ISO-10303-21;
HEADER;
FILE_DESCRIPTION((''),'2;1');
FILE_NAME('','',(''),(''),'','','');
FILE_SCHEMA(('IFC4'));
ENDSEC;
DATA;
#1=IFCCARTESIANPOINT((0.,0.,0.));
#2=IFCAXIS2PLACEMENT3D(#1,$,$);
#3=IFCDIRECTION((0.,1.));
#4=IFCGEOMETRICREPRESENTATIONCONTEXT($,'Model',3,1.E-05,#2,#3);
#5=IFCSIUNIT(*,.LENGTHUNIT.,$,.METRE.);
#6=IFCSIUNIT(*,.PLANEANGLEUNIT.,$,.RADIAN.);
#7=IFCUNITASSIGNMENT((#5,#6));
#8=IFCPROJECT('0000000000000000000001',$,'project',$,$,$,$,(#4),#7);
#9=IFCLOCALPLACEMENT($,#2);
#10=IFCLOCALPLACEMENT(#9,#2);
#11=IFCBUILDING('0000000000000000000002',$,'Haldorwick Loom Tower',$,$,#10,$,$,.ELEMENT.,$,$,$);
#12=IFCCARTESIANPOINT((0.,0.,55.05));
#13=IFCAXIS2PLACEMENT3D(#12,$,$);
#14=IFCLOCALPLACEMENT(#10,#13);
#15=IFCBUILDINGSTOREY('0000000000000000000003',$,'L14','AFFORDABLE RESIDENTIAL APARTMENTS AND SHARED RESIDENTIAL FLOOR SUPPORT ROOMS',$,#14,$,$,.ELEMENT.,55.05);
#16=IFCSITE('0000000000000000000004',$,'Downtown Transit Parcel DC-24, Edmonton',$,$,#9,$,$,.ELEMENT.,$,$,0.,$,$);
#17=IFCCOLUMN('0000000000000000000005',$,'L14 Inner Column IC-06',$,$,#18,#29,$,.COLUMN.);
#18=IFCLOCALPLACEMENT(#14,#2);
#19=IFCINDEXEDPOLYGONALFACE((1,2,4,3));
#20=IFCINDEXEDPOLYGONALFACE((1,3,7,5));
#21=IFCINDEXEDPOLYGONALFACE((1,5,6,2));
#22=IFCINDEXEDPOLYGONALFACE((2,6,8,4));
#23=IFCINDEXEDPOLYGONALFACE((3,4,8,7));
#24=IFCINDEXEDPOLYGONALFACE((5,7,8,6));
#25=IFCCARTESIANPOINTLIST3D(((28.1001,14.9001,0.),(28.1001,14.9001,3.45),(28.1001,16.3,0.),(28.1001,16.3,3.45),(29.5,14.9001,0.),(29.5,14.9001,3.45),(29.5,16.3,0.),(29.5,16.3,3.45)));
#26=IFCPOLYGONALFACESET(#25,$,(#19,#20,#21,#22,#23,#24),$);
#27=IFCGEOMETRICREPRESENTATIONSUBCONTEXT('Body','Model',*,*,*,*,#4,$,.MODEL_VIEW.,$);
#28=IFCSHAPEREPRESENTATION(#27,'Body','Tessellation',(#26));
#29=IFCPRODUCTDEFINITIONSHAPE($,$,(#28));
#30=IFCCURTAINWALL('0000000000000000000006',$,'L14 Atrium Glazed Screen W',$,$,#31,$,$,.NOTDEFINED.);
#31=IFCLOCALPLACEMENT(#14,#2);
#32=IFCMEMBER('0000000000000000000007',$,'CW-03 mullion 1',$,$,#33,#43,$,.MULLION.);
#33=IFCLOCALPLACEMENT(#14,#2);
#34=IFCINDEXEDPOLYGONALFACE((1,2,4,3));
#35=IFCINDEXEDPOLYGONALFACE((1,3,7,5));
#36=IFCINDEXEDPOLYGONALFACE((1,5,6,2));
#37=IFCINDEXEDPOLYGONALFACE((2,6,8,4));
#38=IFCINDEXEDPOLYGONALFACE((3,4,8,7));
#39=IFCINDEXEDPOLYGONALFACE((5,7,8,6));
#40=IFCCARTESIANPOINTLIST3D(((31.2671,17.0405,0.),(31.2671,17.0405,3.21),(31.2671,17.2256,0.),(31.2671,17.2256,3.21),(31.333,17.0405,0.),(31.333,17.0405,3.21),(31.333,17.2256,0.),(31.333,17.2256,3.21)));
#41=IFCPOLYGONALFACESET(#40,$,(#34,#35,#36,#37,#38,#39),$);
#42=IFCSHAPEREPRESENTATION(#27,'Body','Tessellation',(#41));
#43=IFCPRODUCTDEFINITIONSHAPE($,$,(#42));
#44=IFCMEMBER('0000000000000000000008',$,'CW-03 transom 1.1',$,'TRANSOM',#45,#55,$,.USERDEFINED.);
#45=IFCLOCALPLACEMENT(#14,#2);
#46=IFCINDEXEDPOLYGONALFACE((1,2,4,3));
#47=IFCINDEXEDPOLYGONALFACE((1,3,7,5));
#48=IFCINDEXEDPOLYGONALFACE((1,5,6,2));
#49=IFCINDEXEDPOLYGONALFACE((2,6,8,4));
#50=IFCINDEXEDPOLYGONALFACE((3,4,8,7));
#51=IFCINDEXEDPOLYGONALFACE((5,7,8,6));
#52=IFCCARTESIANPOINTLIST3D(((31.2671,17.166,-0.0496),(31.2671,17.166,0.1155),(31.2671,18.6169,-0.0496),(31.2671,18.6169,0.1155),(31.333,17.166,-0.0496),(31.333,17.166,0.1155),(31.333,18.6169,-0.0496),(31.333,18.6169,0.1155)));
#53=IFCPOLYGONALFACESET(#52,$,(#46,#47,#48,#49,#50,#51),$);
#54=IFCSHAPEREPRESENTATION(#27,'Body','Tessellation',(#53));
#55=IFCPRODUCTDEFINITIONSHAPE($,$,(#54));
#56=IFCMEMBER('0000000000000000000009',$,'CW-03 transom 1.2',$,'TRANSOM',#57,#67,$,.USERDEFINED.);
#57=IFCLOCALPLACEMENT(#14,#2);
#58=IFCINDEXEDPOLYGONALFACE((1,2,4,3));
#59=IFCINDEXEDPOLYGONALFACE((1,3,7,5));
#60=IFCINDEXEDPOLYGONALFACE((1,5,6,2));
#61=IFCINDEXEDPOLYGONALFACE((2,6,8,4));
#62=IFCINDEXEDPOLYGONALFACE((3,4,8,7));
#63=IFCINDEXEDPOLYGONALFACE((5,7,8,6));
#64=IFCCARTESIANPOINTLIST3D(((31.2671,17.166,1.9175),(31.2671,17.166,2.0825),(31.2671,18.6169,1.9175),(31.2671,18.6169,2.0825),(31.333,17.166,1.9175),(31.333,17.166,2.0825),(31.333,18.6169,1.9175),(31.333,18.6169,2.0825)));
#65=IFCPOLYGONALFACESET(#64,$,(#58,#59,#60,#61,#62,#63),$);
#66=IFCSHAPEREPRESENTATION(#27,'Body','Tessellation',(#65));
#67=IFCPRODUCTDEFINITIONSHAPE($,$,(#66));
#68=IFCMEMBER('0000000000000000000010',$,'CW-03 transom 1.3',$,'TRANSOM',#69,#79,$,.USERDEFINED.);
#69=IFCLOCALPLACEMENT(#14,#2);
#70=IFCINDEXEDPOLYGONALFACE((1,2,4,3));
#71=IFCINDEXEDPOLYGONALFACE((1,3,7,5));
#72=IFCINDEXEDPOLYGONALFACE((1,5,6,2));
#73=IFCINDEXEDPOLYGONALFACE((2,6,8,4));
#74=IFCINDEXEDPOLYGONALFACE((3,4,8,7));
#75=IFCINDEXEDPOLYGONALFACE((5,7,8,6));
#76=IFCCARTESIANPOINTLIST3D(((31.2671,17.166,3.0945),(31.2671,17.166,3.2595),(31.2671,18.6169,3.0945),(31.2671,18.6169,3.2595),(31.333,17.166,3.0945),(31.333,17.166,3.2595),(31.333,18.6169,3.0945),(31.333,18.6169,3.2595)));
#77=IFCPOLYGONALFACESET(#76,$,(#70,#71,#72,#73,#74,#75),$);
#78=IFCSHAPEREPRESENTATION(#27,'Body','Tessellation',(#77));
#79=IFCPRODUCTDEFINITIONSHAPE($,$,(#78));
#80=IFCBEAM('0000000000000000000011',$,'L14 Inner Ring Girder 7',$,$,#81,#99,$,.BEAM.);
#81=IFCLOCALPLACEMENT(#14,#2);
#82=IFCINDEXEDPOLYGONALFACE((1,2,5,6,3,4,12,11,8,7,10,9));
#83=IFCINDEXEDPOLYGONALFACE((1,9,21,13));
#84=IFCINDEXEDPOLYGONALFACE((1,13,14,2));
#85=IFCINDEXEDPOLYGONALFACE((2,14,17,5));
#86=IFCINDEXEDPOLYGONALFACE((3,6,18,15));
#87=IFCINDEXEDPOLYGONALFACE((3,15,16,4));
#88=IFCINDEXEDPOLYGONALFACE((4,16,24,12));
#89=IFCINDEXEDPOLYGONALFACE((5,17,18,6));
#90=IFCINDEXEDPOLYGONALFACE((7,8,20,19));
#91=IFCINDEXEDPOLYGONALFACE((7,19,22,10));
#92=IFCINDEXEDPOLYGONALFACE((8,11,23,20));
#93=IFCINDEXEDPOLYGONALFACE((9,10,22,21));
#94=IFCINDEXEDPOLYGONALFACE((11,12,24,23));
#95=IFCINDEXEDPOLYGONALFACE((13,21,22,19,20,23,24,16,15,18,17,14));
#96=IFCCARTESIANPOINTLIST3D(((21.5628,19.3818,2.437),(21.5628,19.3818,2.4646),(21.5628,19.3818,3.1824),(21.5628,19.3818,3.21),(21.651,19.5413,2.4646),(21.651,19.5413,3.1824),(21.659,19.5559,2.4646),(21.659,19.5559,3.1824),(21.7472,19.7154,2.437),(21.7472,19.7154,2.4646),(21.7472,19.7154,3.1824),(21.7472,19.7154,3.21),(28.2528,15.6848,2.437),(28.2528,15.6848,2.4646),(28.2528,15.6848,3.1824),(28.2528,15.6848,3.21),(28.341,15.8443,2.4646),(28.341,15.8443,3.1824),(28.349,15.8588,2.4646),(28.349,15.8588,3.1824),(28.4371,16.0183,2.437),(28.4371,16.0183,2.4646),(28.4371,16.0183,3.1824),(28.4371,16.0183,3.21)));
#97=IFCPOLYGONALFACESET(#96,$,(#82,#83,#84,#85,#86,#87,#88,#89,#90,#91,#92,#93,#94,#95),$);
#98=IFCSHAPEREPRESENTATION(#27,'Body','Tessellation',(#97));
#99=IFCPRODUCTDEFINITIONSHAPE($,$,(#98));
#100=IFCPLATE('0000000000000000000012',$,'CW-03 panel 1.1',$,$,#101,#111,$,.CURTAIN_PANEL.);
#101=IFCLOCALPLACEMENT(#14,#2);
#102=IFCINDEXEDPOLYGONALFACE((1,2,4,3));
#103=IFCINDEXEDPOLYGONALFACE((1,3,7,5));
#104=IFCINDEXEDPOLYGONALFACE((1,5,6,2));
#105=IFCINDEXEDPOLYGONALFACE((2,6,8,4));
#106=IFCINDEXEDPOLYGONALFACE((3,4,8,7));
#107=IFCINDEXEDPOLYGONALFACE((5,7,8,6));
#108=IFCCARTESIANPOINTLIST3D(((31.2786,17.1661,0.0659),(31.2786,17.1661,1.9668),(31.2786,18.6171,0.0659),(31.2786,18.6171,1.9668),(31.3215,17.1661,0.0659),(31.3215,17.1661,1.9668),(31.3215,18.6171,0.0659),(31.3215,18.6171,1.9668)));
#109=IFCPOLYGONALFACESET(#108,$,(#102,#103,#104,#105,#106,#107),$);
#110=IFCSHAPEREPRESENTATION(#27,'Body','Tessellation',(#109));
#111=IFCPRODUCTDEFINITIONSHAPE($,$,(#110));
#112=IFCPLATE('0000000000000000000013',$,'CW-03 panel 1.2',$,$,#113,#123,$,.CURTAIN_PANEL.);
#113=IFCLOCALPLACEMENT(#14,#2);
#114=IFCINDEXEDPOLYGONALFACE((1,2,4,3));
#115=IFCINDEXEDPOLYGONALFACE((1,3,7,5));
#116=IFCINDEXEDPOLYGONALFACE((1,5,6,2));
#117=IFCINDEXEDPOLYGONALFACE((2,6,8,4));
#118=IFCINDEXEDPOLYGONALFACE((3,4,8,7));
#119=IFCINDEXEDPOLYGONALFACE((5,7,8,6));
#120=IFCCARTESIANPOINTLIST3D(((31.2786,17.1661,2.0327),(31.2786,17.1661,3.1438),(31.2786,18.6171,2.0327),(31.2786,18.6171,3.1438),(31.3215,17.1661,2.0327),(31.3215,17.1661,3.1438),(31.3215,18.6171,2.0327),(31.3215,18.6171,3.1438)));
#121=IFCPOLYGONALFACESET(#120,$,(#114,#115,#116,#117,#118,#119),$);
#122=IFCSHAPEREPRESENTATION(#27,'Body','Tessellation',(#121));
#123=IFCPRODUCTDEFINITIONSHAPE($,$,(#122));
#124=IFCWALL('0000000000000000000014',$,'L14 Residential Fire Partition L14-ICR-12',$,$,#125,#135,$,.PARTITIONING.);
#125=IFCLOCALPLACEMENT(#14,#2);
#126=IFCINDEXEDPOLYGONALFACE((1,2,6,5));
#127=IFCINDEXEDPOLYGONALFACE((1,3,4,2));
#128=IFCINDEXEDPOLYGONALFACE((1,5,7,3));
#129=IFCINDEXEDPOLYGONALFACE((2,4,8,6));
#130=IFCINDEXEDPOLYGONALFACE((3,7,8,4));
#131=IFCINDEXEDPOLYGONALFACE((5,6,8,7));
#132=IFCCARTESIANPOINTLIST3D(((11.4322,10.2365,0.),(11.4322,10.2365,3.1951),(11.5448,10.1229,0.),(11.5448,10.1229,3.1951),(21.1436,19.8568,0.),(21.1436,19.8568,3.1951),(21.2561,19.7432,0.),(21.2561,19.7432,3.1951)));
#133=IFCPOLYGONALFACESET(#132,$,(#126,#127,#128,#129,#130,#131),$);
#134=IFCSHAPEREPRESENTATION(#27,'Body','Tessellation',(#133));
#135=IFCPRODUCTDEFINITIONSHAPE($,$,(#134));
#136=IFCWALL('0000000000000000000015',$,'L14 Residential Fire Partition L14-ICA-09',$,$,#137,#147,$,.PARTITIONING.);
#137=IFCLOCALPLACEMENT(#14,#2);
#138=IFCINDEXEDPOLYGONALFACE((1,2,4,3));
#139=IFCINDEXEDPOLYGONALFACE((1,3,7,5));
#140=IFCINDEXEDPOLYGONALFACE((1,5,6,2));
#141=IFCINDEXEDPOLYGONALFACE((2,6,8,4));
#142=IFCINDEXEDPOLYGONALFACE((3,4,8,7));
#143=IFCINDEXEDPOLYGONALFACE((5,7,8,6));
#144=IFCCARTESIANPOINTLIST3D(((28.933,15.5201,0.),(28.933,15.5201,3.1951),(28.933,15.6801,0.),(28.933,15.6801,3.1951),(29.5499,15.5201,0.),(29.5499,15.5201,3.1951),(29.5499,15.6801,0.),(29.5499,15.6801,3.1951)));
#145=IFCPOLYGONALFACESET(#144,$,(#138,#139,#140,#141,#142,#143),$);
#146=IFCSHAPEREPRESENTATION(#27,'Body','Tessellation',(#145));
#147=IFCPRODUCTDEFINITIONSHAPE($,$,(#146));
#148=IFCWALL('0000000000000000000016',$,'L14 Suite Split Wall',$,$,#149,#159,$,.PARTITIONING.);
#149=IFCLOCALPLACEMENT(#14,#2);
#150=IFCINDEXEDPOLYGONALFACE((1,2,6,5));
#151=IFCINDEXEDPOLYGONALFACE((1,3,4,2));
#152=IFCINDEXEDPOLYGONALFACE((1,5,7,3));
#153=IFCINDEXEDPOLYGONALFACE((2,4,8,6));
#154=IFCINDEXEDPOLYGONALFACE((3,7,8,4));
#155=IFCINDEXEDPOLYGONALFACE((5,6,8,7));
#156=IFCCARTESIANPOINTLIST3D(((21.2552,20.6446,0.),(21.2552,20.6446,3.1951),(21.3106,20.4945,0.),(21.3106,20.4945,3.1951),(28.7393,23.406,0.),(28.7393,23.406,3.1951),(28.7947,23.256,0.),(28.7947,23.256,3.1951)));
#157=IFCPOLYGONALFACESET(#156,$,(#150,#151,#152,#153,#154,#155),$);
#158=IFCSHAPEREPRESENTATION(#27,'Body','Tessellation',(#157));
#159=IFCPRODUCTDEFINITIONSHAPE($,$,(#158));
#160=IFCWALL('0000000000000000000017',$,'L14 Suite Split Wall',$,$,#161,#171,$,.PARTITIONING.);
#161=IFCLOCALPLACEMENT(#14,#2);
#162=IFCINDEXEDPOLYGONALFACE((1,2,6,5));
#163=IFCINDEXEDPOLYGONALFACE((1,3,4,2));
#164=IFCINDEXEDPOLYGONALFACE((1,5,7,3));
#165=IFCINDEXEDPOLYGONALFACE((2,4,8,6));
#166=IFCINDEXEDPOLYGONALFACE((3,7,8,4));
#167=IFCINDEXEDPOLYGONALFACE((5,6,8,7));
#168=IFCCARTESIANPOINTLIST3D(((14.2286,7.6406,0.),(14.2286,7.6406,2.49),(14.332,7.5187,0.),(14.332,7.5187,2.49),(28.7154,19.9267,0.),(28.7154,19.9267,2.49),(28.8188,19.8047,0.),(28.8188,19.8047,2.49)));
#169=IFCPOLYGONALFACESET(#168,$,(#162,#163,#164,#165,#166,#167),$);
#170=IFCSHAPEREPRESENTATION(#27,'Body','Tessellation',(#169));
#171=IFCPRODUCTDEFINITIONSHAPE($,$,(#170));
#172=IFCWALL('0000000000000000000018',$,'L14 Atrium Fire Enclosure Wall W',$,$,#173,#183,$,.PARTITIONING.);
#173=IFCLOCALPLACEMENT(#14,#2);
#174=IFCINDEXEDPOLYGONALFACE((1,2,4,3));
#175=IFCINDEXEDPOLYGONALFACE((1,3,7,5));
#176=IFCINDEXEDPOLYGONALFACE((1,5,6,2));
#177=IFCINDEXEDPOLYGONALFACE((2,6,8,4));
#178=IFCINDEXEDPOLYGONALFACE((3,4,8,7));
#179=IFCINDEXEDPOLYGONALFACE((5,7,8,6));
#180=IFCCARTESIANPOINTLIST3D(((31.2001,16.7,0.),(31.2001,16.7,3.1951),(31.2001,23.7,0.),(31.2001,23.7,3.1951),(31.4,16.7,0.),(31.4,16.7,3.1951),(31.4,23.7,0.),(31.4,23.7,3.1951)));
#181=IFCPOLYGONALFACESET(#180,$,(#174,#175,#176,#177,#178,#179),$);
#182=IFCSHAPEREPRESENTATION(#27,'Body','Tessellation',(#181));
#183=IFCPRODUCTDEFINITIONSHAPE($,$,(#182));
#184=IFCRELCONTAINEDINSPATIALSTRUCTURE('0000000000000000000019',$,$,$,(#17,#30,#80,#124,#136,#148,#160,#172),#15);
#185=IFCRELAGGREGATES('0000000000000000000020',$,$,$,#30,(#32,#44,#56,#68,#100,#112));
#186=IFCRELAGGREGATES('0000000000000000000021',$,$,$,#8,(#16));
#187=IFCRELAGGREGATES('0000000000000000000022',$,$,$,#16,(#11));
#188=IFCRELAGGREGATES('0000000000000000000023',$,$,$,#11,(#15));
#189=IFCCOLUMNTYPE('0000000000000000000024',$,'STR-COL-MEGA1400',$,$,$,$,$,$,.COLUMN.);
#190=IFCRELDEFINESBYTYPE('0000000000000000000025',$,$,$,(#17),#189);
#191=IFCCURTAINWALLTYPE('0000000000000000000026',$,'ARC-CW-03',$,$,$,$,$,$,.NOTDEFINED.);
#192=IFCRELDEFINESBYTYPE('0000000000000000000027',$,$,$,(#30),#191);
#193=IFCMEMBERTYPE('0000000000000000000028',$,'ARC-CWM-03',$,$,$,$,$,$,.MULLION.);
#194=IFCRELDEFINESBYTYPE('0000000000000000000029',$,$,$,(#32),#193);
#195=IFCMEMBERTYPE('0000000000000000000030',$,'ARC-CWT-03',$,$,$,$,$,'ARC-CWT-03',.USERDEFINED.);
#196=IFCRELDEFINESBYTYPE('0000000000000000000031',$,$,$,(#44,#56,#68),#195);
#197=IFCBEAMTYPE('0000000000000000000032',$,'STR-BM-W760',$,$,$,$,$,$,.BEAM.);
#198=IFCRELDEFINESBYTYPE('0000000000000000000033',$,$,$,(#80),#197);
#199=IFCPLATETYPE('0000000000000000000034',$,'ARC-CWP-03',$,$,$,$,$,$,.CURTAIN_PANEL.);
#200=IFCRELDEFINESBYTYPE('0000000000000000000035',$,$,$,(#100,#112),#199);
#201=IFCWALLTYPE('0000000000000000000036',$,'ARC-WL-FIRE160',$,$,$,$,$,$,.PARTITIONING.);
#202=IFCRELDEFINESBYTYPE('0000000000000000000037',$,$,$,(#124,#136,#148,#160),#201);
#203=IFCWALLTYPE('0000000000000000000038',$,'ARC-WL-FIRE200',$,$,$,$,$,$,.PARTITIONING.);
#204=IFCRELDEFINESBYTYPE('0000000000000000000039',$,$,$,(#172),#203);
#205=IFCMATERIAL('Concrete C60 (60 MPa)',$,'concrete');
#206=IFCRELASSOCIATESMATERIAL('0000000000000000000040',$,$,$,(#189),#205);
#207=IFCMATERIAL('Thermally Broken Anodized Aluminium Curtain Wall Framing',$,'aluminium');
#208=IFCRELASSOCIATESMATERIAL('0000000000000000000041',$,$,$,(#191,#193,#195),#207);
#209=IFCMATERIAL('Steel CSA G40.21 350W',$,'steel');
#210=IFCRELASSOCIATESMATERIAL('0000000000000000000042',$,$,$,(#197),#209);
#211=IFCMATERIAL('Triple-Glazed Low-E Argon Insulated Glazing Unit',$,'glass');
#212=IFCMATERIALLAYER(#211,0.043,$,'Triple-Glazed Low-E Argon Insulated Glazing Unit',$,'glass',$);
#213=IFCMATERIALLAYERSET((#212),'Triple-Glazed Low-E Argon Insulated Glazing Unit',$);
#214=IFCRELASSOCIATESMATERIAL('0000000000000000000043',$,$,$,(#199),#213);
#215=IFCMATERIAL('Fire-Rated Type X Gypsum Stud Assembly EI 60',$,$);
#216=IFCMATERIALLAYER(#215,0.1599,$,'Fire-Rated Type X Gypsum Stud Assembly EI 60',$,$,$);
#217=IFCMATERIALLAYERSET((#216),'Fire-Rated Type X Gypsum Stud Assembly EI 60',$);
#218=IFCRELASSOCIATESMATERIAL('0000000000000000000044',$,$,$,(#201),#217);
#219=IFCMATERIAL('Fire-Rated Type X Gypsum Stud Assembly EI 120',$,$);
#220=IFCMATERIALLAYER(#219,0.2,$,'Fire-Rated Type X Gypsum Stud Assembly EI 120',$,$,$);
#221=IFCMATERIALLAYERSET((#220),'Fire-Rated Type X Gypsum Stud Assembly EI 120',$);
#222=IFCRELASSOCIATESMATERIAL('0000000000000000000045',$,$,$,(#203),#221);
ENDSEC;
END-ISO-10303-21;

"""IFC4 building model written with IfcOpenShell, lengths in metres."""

from ifc_helpers import new_model, si_unit, direction, frame, frame_2d, origin, origin_2d, place, context, subcontext, project, spatial, rectangle, i_section, extrude, material, layer, layer_set, material_profile, profile_set, type_object, element, aggregate, save


model = new_model("IFC4")

# Units and contexts
model_context = context("Model", 3, precision=1e-05, world=origin(), true_north=direction((0.0, 1.0)))
body_context = subcontext(model_context, "Body", "Model", "MODEL_VIEW")
ifc_project = project(units=[si_unit("LENGTHUNIT", "METRE"), si_unit("PLANEANGLEUNIT", "RADIAN")], contexts=[model_context])

# Site, building, storey
site_placement = place(None, origin())
site = spatial("IfcSite", under=ifc_project, at=site_placement, Name="Downtown Transit Parcel DC-24, Edmonton", CompositionType="ELEMENT", RefElevation=0.0)
building_placement = place(site_placement, origin())
building = spatial("IfcBuilding", under=site, at=building_placement, Name="Haldorwick Loom Tower", CompositionType="ELEMENT")
storey_placement = place(building_placement, frame((0.0, 0.0, 55.05)))
storey = spatial("IfcBuildingStorey", under=building, at=storey_placement, Name="L14", Description="AFFORDABLE RESIDENTIAL APARTMENTS AND SHARED RESIDENTIAL FLOOR SUPPORT ROOMS", CompositionType="ELEMENT", Elevation=55.05)

# Column
ifc_material_1 = material(Name="Concrete C60 (60 MPa)", Category="concrete")
ifc_material_profile_1 = material_profile(ifc_material_1, rectangle(XDim=1.3999, YDim=1.3999, at=origin_2d()), Name="RC1400X1400", Category="concrete")
ifc_profile_set_1 = profile_set([ifc_material_profile_1], Name="Concrete C60 (60 MPa)")
column_type = type_object("IfcColumnType", Name="STR-COL-MEGA1400", PredefinedType="COLUMN", material=ifc_profile_set_1)
column_placement = place(storey_placement, frame((28.8, 15.6001, 0.0), z_axis=(0.0, 0.0, 1.0), x_axis=(1.0, 0.0, 0.0)))
element("IfcColumn", 1, at=column_placement, inside=storey, type_object=column_type, Name="L14 Inner Column IC-06", PredefinedType="COLUMN", context=body_context, shape_type="SweptSolid", body=[
    extrude(rectangle(XDim=1.3999, YDim=1.3999, at=origin_2d()), origin(), (0.0, 0.0, 1.0), 3.45),
])

# Curtain wall, members
ifc_material_2 = material(Name="Thermally Broken Anodized Aluminium Curtain Wall Framing", Category="aluminium")
curtain_wall_type = type_object("IfcCurtainWallType", Name="ARC-CW-03", PredefinedType="NOTDEFINED", material=ifc_material_2)
curtain_wall_placement = place(storey_placement, origin())
curtain_wall = element("IfcCurtainWall", 2, at=curtain_wall_placement, inside=storey, type_object=curtain_wall_type, Name="L14 Atrium Glazed Screen W", PredefinedType="NOTDEFINED")
ifc_material_profile_2 = material_profile(ifc_material_2, rectangle(XDim=0.0659, YDim=0.1851, at=origin_2d()), Name="ALU_MUL_66X185", Category="aluminium")
ifc_profile_set_2 = profile_set([ifc_material_profile_2], Name="Thermally Broken Anodized Aluminium Curtain Wall Framing")
member_type_1 = type_object("IfcMemberType", Name="ARC-CWM-03", PredefinedType="MULLION", material=ifc_profile_set_2)
member_1_placement = place(storey_placement, frame((31.3, 17.1331, 0.0), z_axis=(0.0, 0.0, 1.0), x_axis=(-1.0, 0.0, 0.0)))
member_1 = element("IfcMember", 3, at=member_1_placement, type_object=member_type_1, Name="CW-03 mullion 1", PredefinedType="MULLION", context=body_context, shape_type="SweptSolid", body=[
    extrude(rectangle(XDim=0.0659, YDim=0.1851, at=origin_2d()), origin(), (0.0, 0.0, 1.0), 3.21),
])
ifc_material_profile_3 = material_profile(ifc_material_2, rectangle(XDim=0.0659, YDim=0.165, at=origin_2d()), Name="ALU_TRN_66X165", Category="aluminium")
ifc_profile_set_3 = profile_set([ifc_material_profile_3], Name="Thermally Broken Anodized Aluminium Curtain Wall Framing")
member_type_2 = type_object("IfcMemberType", Name="ARC-CWT-03", ElementType="ARC-CWT-03", PredefinedType="USERDEFINED", material=ifc_profile_set_3)
member_2_placement = place(storey_placement, frame((31.3, 17.166, 0.033), z_axis=(0.0, 1.0, 0.0), x_axis=(-1.0, 0.0, 0.0)))
member_2 = element("IfcMember", 4, at=member_2_placement, type_object=member_type_2, Name="CW-03 transom 1.1", ObjectType="TRANSOM", PredefinedType="USERDEFINED", context=body_context, shape_type="SweptSolid", body=[
    extrude(rectangle(XDim=0.0659, YDim=0.165, at=origin_2d()), origin(), (0.0, 0.0, 1.0), 1.4509),
])
member_3_placement = place(storey_placement, frame((31.3, 17.166, 2.0), z_axis=(0.0, 1.0, 0.0), x_axis=(-1.0, 0.0, 0.0)))
member_3 = element("IfcMember", 5, at=member_3_placement, type_object=member_type_2, Name="CW-03 transom 1.2", ObjectType="TRANSOM", PredefinedType="USERDEFINED", context=body_context, shape_type="SweptSolid", body=[
    extrude(rectangle(XDim=0.0659, YDim=0.165, at=origin_2d()), origin(), (0.0, 0.0, 1.0), 1.4509),
])
member_4_placement = place(storey_placement, frame((31.3, 17.166, 3.177), z_axis=(0.0, 1.0, 0.0), x_axis=(-1.0, 0.0, 0.0)))
member_4 = element("IfcMember", 6, at=member_4_placement, type_object=member_type_2, Name="CW-03 transom 1.3", ObjectType="TRANSOM", PredefinedType="USERDEFINED", context=body_context, shape_type="SweptSolid", body=[
    extrude(rectangle(XDim=0.0659, YDim=0.165, at=origin_2d()), origin(), (0.0, 0.0, 1.0), 1.4509),
])

# Beam
ifc_material_3 = material(Name="Steel CSA G40.21 350W", Category="steel")
ifc_material_profile_4 = material_profile(ifc_material_3, i_section(OverallWidth=0.3811, OverallDepth=0.7729, WebThickness=0.0166, FlangeThickness=0.0276, at=origin_2d()), Name="W760X257", Category="steel")
ifc_profile_set_4 = profile_set([ifc_material_profile_4], Name="Steel CSA G40.21 350W")
beam_type = type_object("IfcBeamType", Name="STR-BM-W760", PredefinedType="BEAM", material=ifc_profile_set_4)
beam_placement = place(storey_placement, frame((28.345, 15.8516, 2.8235), z_axis=(-0.875244, 0.483681, 0.0), x_axis=(-0.483681, -0.875244, 0.0)))
element("IfcBeam", 7, at=beam_placement, inside=storey, type_object=beam_type, Name="L14 Inner Ring Girder 7", PredefinedType="BEAM", context=body_context, shape_type="SweptSolid", body=[
    extrude(i_section(OverallWidth=0.3811, OverallDepth=0.7729, WebThickness=0.0166, FlangeThickness=0.0276, at=origin_2d()), origin(), (0.0, 0.0, 1.0), 7.6436),
])

# Plates
ifc_material_4 = material(Name="Triple-Glazed Low-E Argon Insulated Glazing Unit", Category="glass")
ifc_layer_1 = layer(ifc_material_4, 0.043, Name="Triple-Glazed Low-E Argon Insulated Glazing Unit", Category="glass")
ifc_layer_set_1 = layer_set([ifc_layer_1], Name="Triple-Glazed Low-E Argon Insulated Glazing Unit")
plate_type = type_object("IfcPlateType", Name="ARC-CWP-03", PredefinedType="CURTAIN_PANEL", material=ifc_layer_set_1)
plate_1_placement = place(storey_placement, frame((31.3, 17.8916, 0.0659), z_axis=(0.0, 0.0, 1.0), x_axis=(0.0, 1.0, 0.0)))
plate_1 = element("IfcPlate", 8, at=plate_1_placement, type_object=plate_type, Name="CW-03 panel 1.1", PredefinedType="CURTAIN_PANEL", context=body_context, shape_type="SweptSolid", body=[
    extrude(rectangle(XDim=1.4509, YDim=0.043, at=origin_2d()), origin(), (0.0, 0.0, 1.0), 1.9009),
])
plate_2_placement = place(storey_placement, frame((31.3, 17.8916, 2.0327), z_axis=(0.0, 0.0, 1.0), x_axis=(0.0, 1.0, 0.0)))
plate_2 = element("IfcPlate", 9, at=plate_2_placement, type_object=plate_type, Name="CW-03 panel 1.2", PredefinedType="CURTAIN_PANEL", context=body_context, shape_type="SweptSolid", body=[
    extrude(rectangle(XDim=1.4509, YDim=0.043, at=origin_2d()), origin(), (0.0, 0.0, 1.0), 1.1111),
])
aggregate(curtain_wall, [member_1, member_2, member_3, member_4, plate_1, plate_2])

# Walls
ifc_material_5 = material(Name="Fire-Rated Type X Gypsum Stud Assembly EI 60")
ifc_layer_2 = layer(ifc_material_5, 0.1599, Name="Fire-Rated Type X Gypsum Stud Assembly EI 60")
ifc_layer_set_2 = layer_set([ifc_layer_2], Name="Fire-Rated Type X Gypsum Stud Assembly EI 60")
wall_type_1 = type_object("IfcWallType", Name="ARC-WL-FIRE160", PredefinedType="PARTITIONING", material=ifc_layer_set_2)
wall_1_placement = place(storey_placement, frame((21.2, 19.8, 0.0), z_axis=(0.0, 0.0, 1.0), x_axis=(-0.71043, -0.703768, 0.0)))
element("IfcWall", 10, at=wall_1_placement, inside=storey, type_object=wall_type_1, Name="L14 Residential Fire Partition L14-ICR-12", PredefinedType="PARTITIONING", context=body_context, shape_type="SweptSolid", body=[
    extrude(rectangle(XDim=13.6697, YDim=0.1599, at=frame_2d((6.835, 0.0))), origin(), (0.0, 0.0, 1.0), 3.1951),
])
wall_2_placement = place(storey_placement, frame((29.55, 15.6001, 0.0), z_axis=(0.0, 0.0, 1.0), x_axis=(-1.0, 0.0, 0.0)))
element("IfcWall", 11, at=wall_2_placement, inside=storey, type_object=wall_type_1, Name="L14 Residential Fire Partition L14-ICA-09", PredefinedType="PARTITIONING", context=body_context, shape_type="SweptSolid", body=[
    extrude(rectangle(XDim=0.6169, YDim=0.1599, at=frame_2d((0.3086, 0.0))), origin(), (0.0, 0.0, 1.0), 3.1951),
])
wall_3_placement = place(storey_placement, frame((28.7671, 23.3311, 0.0), z_axis=(0.0, 0.0, 1.0), x_axis=(-0.938174, -0.346165, 0.0)))
element("IfcWall", 12, at=wall_3_placement, inside=storey, type_object=wall_type_1, Name="L14 Suite Split Wall", PredefinedType="PARTITIONING", context=body_context, shape_type="SweptSolid", body=[
    extrude(rectangle(XDim=7.9773, YDim=0.1599, at=frame_2d((3.9888, 0.0))), origin(), (0.0, 0.0, 1.0), 3.1951),
])
wall_4_placement = place(storey_placement, frame((28.7671, 19.8657, 0.0), z_axis=(0.0, 0.0, 1.0), x_axis=(-0.762657, -0.646803, 0.0)))
element("IfcWall", 13, at=wall_4_placement, inside=storey, type_object=wall_type_1, Name="L14 Suite Split Wall", PredefinedType="PARTITIONING", context=body_context, shape_type="SweptSolid", body=[
    extrude(rectangle(XDim=18.9951, YDim=0.1599, at=frame_2d((9.4976, 0.0))), origin(), (0.0, 0.0, 1.0), 2.49),
])
ifc_material_6 = material(Name="Fire-Rated Type X Gypsum Stud Assembly EI 120")
ifc_layer_3 = layer(ifc_material_6, 0.2, Name="Fire-Rated Type X Gypsum Stud Assembly EI 120")
ifc_layer_set_3 = layer_set([ifc_layer_3], Name="Fire-Rated Type X Gypsum Stud Assembly EI 120")
wall_type_2 = type_object("IfcWallType", Name="ARC-WL-FIRE200", PredefinedType="PARTITIONING", material=ifc_layer_set_3)
wall_5_placement = place(storey_placement, frame((31.3, 16.7, 0.0), z_axis=(0.0, 0.0, 1.0), x_axis=(0.0, 1.0, 0.0)))
element("IfcWall", 14, at=wall_5_placement, inside=storey, type_object=wall_type_2, Name="L14 Atrium Fire Enclosure Wall W", PredefinedType="PARTITIONING", context=body_context, shape_type="SweptSolid", body=[
    extrude(rectangle(XDim=7.0, YDim=0.2, at=frame_2d((3.5, 0.0))), origin(), (0.0, 0.0, 1.0), 3.1951),
])

save(model, "model.ifc")
